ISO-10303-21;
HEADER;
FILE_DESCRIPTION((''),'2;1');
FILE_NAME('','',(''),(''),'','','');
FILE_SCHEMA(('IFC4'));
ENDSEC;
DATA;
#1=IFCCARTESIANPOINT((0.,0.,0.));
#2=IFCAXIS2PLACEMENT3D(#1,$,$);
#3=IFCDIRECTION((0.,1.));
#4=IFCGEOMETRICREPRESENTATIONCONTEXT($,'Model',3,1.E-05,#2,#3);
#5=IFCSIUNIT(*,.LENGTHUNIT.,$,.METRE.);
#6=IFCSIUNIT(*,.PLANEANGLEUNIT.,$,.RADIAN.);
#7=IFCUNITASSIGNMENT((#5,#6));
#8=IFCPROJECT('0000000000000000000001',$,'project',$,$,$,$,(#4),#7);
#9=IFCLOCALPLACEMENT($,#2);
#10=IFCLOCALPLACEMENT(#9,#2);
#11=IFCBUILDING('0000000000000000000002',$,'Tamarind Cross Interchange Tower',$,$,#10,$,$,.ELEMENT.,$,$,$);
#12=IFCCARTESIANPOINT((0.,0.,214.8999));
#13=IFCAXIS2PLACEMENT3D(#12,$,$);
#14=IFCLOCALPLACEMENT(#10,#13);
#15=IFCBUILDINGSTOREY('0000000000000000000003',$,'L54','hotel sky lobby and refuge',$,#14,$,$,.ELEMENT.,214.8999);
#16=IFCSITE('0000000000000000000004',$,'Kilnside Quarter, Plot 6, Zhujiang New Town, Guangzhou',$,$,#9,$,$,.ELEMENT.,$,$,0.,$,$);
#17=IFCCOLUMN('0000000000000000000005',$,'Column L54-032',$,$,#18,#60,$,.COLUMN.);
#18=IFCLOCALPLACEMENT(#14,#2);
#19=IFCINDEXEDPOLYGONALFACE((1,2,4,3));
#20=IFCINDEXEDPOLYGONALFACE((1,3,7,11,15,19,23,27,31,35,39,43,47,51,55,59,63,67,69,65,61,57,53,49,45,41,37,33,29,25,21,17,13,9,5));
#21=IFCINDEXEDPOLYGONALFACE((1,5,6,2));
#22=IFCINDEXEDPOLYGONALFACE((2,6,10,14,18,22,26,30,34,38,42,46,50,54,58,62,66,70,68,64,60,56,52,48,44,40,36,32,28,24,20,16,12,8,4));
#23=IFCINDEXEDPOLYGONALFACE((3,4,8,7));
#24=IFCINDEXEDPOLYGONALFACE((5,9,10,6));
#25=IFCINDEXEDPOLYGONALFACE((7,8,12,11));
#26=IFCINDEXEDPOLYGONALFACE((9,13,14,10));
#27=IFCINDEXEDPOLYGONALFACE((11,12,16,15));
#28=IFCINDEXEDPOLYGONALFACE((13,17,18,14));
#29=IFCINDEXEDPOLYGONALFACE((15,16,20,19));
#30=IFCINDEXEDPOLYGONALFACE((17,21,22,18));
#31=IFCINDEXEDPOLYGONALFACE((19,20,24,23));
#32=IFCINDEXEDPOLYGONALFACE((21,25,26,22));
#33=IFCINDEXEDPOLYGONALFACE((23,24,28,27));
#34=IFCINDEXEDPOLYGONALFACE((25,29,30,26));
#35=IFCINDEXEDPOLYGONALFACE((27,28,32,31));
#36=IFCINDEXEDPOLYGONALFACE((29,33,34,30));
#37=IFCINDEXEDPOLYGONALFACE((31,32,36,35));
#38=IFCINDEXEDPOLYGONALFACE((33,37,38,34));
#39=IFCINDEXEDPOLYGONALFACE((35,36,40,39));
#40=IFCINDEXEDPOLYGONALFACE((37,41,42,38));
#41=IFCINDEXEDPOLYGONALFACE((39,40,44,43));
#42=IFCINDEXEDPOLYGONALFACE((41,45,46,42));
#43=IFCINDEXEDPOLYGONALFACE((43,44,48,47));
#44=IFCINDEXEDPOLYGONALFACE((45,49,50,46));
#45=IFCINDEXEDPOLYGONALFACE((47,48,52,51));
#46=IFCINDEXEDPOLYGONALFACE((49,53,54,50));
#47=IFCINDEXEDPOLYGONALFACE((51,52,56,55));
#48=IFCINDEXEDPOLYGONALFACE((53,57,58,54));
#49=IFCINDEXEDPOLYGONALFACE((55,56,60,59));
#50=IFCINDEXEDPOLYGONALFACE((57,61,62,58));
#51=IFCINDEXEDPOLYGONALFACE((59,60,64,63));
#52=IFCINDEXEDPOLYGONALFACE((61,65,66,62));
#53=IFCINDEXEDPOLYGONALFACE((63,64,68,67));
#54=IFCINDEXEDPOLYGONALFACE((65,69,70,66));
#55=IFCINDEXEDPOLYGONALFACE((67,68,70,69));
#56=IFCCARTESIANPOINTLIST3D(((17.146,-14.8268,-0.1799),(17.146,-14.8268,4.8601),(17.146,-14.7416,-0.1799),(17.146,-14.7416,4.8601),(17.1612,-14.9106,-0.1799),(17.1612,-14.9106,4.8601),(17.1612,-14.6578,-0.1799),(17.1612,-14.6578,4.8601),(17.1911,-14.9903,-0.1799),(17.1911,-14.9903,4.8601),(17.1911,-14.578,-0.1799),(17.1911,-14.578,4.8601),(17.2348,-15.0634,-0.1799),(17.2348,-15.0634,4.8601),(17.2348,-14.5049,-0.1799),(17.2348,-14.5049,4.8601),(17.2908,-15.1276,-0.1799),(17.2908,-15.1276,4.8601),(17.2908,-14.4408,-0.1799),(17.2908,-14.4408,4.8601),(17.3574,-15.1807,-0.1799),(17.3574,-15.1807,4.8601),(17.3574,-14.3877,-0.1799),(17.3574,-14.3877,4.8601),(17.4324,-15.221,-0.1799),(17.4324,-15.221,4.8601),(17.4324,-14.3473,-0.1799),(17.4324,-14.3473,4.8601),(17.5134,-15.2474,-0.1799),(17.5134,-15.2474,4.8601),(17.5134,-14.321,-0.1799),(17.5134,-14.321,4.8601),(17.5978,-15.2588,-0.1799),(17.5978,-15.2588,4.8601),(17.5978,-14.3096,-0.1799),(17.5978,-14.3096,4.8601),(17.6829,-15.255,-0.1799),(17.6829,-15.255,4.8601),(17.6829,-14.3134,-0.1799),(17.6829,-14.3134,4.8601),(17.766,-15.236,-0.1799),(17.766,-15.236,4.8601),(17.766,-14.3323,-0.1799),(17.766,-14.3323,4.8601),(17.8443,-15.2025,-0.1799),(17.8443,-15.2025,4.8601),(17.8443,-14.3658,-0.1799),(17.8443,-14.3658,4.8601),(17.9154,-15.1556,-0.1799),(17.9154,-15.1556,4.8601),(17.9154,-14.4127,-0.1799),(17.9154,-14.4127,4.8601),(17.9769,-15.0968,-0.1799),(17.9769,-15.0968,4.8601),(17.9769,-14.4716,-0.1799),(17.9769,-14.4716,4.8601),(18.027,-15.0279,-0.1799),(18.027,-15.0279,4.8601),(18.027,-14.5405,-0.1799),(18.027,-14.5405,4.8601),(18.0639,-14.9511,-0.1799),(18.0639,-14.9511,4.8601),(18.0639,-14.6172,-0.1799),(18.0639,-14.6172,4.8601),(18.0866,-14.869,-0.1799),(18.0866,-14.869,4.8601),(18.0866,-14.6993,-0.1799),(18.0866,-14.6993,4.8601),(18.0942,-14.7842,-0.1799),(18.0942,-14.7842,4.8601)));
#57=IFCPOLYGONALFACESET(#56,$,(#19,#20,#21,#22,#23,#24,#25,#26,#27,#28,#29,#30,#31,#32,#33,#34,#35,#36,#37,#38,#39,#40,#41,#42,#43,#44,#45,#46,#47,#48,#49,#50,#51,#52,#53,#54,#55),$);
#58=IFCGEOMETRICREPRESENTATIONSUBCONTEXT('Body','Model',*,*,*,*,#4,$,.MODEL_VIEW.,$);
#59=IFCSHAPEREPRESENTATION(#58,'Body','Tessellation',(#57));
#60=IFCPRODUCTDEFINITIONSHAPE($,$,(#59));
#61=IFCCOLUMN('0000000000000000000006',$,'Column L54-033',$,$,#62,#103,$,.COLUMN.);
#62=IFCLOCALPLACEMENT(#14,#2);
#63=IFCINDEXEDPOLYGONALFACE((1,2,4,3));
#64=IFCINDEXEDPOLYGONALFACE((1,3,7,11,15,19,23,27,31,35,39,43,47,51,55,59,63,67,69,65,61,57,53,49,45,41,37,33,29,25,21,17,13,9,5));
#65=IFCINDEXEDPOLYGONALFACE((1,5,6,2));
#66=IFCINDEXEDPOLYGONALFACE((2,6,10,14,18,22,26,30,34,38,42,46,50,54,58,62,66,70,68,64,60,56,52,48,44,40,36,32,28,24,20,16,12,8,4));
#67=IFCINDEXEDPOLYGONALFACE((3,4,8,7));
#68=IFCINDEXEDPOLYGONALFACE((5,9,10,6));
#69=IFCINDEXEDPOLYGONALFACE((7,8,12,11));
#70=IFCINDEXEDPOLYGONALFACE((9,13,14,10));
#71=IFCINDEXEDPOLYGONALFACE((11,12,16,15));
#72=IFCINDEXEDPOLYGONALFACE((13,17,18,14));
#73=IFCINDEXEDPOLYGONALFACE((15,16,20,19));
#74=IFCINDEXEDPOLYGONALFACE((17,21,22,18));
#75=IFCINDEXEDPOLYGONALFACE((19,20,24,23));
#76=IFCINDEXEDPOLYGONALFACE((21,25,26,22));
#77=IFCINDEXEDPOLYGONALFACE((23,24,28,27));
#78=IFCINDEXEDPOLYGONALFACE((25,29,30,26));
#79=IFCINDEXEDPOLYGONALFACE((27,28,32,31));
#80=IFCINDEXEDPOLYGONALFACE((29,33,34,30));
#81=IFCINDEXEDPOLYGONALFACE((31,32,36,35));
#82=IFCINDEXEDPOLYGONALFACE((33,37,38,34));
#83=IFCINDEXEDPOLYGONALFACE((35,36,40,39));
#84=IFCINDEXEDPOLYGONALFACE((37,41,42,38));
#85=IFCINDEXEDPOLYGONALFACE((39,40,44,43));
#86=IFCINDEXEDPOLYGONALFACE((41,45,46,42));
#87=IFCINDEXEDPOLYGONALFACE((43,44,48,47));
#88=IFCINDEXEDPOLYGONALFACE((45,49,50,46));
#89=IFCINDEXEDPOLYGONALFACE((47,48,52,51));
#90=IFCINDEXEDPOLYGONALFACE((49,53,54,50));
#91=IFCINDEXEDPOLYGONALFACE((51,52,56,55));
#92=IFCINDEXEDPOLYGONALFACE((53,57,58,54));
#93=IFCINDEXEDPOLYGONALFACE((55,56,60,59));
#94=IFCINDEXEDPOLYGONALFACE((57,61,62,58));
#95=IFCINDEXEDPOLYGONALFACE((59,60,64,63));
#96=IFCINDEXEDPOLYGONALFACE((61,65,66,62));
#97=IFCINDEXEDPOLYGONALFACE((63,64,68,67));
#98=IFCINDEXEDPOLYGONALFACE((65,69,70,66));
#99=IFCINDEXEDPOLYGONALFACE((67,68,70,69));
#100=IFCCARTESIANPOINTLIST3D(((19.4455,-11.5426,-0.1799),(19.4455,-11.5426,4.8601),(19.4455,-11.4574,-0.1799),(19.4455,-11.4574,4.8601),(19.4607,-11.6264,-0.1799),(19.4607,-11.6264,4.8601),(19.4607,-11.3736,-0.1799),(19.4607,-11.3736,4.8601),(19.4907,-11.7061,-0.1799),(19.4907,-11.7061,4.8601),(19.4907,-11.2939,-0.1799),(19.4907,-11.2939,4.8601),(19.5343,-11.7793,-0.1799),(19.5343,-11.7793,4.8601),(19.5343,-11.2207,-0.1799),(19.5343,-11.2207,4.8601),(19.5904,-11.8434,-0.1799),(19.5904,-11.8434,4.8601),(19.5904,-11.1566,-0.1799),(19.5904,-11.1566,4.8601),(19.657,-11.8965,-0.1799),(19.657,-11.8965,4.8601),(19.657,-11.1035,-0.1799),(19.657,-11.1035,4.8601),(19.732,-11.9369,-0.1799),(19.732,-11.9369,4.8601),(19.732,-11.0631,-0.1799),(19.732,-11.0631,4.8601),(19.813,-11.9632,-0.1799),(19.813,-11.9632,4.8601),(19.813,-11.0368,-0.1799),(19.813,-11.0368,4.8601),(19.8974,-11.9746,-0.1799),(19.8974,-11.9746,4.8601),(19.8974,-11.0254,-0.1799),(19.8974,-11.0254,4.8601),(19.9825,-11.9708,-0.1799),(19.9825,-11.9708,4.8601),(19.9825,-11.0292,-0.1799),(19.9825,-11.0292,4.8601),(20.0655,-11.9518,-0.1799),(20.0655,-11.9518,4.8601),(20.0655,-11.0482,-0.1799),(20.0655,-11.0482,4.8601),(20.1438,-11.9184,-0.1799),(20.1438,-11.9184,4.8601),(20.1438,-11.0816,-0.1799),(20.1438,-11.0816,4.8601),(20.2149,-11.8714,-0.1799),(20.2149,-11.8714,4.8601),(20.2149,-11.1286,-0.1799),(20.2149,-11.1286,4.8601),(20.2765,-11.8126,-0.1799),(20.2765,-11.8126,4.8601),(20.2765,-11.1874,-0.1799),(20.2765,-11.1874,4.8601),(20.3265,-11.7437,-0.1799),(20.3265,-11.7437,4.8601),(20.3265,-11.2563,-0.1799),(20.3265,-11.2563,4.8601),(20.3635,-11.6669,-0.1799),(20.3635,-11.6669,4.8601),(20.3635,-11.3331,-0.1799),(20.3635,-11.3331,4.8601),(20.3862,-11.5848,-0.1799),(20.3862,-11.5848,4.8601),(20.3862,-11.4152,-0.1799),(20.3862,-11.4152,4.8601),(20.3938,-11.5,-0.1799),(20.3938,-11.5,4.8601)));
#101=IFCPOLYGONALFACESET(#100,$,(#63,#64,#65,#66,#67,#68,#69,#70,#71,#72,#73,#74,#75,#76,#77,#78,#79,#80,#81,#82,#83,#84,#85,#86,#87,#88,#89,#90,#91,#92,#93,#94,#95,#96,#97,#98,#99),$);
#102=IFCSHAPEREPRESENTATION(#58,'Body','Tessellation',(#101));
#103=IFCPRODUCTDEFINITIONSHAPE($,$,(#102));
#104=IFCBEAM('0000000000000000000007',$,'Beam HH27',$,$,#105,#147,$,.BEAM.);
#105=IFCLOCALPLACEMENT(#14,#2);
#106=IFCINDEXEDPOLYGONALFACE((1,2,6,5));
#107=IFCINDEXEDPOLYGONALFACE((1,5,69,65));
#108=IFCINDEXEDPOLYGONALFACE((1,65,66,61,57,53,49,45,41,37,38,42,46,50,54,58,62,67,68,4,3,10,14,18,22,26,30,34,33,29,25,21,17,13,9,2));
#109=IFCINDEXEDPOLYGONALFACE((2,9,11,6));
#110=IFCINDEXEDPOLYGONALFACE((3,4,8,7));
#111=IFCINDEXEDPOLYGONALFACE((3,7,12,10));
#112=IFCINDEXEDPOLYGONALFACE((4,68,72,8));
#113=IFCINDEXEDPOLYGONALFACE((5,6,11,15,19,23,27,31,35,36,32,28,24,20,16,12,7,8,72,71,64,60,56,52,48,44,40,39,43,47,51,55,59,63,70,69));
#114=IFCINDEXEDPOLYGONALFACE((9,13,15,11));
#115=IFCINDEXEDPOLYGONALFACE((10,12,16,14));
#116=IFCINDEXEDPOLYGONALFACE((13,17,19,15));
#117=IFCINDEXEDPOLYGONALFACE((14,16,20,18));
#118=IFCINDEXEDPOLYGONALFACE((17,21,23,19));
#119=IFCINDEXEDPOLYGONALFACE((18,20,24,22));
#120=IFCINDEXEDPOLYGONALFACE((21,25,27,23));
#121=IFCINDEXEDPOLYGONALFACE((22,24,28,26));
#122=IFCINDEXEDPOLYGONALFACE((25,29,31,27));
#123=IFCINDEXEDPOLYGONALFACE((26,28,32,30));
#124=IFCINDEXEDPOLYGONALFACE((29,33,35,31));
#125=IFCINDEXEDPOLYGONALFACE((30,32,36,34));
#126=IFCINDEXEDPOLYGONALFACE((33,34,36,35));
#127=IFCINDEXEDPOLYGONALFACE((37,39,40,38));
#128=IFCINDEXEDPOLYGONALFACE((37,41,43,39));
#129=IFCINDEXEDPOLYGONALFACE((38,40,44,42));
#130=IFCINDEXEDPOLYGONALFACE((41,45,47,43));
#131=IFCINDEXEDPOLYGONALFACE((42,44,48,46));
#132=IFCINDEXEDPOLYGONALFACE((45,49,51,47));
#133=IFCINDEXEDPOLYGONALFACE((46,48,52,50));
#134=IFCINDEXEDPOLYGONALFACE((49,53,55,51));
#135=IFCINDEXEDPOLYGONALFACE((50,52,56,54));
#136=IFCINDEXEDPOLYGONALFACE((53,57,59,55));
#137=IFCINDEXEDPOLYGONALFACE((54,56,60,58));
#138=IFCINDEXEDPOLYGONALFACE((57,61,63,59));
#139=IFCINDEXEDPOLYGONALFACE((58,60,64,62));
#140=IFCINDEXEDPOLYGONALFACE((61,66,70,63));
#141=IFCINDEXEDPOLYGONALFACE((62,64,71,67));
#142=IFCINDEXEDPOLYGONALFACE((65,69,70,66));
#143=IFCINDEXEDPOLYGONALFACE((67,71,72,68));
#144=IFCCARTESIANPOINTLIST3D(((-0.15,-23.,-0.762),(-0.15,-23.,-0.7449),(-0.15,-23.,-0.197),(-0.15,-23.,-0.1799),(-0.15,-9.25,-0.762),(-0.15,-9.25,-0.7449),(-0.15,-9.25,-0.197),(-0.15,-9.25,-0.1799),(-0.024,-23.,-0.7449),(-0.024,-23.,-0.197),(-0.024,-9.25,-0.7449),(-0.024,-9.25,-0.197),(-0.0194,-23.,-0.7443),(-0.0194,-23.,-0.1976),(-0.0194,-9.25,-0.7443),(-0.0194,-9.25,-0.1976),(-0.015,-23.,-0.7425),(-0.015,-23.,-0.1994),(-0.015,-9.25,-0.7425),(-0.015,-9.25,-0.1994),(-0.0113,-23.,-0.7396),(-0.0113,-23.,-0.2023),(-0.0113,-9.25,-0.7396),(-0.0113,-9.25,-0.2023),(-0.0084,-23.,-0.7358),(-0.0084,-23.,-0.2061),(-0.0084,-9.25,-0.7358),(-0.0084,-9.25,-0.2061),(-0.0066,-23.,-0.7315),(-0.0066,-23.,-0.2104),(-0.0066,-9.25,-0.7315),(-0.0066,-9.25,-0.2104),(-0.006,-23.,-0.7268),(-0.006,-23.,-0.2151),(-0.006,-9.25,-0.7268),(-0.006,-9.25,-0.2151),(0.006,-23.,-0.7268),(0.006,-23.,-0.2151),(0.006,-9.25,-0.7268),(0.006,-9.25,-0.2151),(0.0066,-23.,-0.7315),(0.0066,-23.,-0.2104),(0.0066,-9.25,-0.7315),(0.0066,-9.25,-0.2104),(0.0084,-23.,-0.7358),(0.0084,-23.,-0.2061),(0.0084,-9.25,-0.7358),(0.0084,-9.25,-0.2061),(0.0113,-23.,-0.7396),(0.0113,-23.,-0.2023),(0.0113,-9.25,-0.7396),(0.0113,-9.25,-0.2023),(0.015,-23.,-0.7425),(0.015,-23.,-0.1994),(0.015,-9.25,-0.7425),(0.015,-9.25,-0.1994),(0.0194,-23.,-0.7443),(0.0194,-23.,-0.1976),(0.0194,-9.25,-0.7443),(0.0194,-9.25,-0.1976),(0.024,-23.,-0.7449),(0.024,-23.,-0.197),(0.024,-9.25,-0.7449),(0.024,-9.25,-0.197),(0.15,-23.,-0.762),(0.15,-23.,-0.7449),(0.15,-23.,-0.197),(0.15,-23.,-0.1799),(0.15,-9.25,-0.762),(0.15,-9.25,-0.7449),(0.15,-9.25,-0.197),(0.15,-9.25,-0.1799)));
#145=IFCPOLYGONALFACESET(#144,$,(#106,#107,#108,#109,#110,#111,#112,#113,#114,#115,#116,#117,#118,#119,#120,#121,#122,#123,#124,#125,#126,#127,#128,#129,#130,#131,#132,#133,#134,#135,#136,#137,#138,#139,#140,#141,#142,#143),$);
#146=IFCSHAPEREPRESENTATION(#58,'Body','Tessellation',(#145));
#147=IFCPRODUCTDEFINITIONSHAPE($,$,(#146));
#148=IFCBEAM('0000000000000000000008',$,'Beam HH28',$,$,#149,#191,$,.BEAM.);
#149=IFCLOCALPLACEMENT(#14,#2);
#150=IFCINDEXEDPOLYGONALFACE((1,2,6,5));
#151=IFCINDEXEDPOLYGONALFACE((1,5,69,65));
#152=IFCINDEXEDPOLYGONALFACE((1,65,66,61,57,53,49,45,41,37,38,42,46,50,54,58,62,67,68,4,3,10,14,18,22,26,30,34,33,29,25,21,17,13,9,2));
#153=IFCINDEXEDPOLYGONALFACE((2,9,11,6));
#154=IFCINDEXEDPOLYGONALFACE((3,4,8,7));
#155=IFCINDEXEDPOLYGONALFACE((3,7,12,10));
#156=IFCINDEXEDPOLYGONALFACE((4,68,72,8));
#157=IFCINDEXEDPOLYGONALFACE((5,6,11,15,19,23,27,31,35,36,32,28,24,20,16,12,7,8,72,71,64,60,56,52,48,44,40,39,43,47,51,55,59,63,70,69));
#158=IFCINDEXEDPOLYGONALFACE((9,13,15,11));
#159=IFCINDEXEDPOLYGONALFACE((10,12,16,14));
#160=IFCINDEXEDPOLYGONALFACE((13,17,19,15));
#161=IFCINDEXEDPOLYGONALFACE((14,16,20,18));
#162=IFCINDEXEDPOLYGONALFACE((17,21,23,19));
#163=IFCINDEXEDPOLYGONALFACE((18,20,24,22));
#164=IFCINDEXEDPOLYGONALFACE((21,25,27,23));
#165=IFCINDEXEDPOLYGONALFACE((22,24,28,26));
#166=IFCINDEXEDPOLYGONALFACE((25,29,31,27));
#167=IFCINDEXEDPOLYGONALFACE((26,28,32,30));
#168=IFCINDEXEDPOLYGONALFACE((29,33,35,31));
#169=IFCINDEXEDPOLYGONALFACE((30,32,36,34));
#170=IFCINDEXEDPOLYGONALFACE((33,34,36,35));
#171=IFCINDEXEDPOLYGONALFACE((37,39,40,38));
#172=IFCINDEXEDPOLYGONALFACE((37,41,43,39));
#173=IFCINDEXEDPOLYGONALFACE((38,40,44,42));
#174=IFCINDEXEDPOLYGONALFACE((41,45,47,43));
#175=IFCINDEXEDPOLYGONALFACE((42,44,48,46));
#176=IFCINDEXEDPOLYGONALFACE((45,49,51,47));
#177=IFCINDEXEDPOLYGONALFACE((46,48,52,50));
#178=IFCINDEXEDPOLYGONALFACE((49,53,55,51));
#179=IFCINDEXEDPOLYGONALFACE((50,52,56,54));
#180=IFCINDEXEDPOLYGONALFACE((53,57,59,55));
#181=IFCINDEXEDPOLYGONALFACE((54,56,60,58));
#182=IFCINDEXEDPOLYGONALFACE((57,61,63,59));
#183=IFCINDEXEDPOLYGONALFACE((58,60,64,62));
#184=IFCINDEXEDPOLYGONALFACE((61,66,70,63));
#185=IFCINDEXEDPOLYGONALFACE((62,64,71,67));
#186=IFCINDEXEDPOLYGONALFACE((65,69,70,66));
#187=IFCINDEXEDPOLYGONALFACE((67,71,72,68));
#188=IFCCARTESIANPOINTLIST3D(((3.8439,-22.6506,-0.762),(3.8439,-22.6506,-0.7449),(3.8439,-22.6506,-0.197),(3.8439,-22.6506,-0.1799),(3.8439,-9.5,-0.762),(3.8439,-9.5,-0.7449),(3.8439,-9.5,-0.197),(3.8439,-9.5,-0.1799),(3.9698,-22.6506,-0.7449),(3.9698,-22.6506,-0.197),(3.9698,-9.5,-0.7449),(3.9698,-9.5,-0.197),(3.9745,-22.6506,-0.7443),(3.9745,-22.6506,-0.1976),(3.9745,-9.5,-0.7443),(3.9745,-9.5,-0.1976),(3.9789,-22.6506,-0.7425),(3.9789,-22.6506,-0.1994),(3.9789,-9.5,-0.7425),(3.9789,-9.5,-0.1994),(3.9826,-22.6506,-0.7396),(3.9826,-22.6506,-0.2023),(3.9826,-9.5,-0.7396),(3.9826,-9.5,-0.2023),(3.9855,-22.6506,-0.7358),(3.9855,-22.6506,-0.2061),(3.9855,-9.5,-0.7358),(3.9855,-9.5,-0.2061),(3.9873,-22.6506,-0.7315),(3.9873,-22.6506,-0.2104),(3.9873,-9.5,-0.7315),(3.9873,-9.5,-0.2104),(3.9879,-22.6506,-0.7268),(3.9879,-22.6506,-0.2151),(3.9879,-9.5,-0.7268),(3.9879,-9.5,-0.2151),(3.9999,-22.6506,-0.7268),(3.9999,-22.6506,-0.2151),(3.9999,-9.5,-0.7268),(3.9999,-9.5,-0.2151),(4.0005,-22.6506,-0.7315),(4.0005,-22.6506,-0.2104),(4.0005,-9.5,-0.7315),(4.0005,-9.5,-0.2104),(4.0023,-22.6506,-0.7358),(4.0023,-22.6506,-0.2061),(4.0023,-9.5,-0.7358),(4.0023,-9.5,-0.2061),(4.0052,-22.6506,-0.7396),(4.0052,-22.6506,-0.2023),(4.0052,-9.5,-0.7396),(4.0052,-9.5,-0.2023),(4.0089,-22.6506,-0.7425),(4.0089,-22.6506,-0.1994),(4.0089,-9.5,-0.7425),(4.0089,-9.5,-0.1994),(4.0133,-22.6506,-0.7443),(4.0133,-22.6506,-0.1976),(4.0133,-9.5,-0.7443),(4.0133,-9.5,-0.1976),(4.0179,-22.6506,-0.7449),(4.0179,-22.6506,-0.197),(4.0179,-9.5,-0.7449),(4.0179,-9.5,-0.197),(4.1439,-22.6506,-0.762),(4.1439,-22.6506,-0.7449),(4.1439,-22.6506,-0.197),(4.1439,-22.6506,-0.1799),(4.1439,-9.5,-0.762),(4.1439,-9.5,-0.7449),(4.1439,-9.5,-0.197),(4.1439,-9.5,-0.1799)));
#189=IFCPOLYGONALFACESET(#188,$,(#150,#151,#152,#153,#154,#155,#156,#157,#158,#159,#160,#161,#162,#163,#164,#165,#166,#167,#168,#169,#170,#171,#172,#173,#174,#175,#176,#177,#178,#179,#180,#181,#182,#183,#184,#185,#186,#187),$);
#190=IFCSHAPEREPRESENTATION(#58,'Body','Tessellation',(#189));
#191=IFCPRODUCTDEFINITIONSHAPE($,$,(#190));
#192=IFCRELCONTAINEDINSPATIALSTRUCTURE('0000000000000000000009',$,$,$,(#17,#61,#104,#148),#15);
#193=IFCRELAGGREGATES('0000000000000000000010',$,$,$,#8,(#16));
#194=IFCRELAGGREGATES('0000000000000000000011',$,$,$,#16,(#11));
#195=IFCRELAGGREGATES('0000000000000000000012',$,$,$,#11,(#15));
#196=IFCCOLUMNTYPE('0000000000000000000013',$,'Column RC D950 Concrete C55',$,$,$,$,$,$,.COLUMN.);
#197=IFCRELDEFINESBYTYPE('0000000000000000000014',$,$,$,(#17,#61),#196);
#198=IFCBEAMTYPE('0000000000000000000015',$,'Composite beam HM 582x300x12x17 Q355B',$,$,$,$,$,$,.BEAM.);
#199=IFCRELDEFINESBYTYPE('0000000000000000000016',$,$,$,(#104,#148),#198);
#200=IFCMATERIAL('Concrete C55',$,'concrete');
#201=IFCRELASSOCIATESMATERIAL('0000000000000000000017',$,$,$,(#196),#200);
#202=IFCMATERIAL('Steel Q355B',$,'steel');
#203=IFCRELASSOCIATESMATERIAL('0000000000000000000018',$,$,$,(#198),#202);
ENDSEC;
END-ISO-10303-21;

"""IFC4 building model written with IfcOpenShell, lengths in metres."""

from ifc_helpers import new_model, si_unit, direction, frame, origin, origin_2d, place, context, subcontext, project, spatial, circle, i_section, extrude, material, material_profile, profile_set, type_object, element, save


model = new_model("IFC4")

# Units and contexts
model_context = context("Model", 3, precision=1e-05, world=origin(), true_north=direction((0.0, 1.0)))
body_context = subcontext(model_context, "Body", "Model", "MODEL_VIEW")
ifc_project = project(units=[si_unit("LENGTHUNIT", "METRE"), si_unit("PLANEANGLEUNIT", "RADIAN")], contexts=[model_context])

# Site, building, storey
site_placement = place(None, origin())
site = spatial("IfcSite", under=ifc_project, at=site_placement, Name="Kilnside Quarter, Plot 6, Zhujiang New Town, Guangzhou", CompositionType="ELEMENT", RefElevation=0.0)
building_placement = place(site_placement, origin())
building = spatial("IfcBuilding", under=site, at=building_placement, Name="Tamarind Cross Interchange Tower", CompositionType="ELEMENT")
storey_placement = place(building_placement, frame((0.0, 0.0, 214.8999)))
storey = spatial("IfcBuildingStorey", under=building, at=storey_placement, Name="L54", Description="hotel sky lobby and refuge", CompositionType="ELEMENT", Elevation=214.8999)

# Columns
ifc_material_1 = material(Name="Concrete C55", Category="concrete")
ifc_material_profile_1 = material_profile(ifc_material_1, circle(Radius=0.4751, at=origin_2d()), Name="RC D950")
ifc_profile_set_1 = profile_set([ifc_material_profile_1], Name="Concrete C55")
column_type = type_object("IfcColumnType", Name="Column RC D950 Concrete C55", PredefinedType="COLUMN", material=ifc_profile_set_1)
for number, where, z_axis, x_axis, name in (
    (1, (17.6191, -14.7842, -0.1799), (0.0, 0.0, 1.0), (1.0, 0.0, 0.0), "Column L54-032"),
    (2, (19.9187, -11.5, -0.1799), (0.0, 0.0, 1.0), (1.0, 0.0, 0.0), "Column L54-033"),
):
    element("IfcColumn", number, at=place(storey_placement, frame(where, z_axis=z_axis, x_axis=x_axis)), inside=storey, type_object=column_type, Name=name, PredefinedType="COLUMN", context=body_context, shape_type="SweptSolid", body=[
        extrude(circle(Radius=0.4751, at=origin_2d()), origin(), (0.0, 0.0, 1.0), 5.04),
    ])

# Beams
ifc_material_2 = material(Name="Steel Q355B", Category="steel")
ifc_material_profile_2 = material_profile(ifc_material_2, i_section(OverallWidth=0.3, OverallDepth=0.582, WebThickness=0.012, FlangeThickness=0.0171, FilletRadius=0.0181, at=origin_2d()), Name="HM 582x300x12x17")
ifc_profile_set_2 = profile_set([ifc_material_profile_2], Name="Steel Q355B")
beam_type_1 = type_object("IfcBeamType", Name="Composite beam HM 582x300x12x17 Q355B", PredefinedType="BEAM", material=ifc_profile_set_2)
beam_1_placement = place(storey_placement, frame((0.0, -23.0, -0.4709), z_axis=(0.0, 1.0, 0.0), x_axis=(-1.0, 0.0, 0.0)))
element("IfcBeam", 3, at=beam_1_placement, inside=storey, type_object=beam_type_1, Name="Beam HH27", PredefinedType="BEAM", context=body_context, shape_type="SweptSolid", body=[
    extrude(i_section(OverallWidth=0.3, OverallDepth=0.582, WebThickness=0.012, FlangeThickness=0.0171, FilletRadius=0.0181, at=origin_2d()), origin(), (0.0, 0.0, 1.0), 13.75),
])
beam_2_placement = place(storey_placement, frame((3.9939, -22.6506, -0.4709), z_axis=(0.0, 1.0, 0.0), x_axis=(-1.0, 0.0, 0.0)))
element("IfcBeam", 4, at=beam_2_placement, inside=storey, type_object=beam_type_1, Name="Beam HH28", PredefinedType="BEAM", context=body_context, shape_type="SweptSolid", body=[
    extrude(i_section(OverallWidth=0.3, OverallDepth=0.582, WebThickness=0.012, FlangeThickness=0.0171, FilletRadius=0.0181, at=origin_2d()), origin(), (0.0, 0.0, 1.0), 13.1506),
])

save(model, "model.ifc")
